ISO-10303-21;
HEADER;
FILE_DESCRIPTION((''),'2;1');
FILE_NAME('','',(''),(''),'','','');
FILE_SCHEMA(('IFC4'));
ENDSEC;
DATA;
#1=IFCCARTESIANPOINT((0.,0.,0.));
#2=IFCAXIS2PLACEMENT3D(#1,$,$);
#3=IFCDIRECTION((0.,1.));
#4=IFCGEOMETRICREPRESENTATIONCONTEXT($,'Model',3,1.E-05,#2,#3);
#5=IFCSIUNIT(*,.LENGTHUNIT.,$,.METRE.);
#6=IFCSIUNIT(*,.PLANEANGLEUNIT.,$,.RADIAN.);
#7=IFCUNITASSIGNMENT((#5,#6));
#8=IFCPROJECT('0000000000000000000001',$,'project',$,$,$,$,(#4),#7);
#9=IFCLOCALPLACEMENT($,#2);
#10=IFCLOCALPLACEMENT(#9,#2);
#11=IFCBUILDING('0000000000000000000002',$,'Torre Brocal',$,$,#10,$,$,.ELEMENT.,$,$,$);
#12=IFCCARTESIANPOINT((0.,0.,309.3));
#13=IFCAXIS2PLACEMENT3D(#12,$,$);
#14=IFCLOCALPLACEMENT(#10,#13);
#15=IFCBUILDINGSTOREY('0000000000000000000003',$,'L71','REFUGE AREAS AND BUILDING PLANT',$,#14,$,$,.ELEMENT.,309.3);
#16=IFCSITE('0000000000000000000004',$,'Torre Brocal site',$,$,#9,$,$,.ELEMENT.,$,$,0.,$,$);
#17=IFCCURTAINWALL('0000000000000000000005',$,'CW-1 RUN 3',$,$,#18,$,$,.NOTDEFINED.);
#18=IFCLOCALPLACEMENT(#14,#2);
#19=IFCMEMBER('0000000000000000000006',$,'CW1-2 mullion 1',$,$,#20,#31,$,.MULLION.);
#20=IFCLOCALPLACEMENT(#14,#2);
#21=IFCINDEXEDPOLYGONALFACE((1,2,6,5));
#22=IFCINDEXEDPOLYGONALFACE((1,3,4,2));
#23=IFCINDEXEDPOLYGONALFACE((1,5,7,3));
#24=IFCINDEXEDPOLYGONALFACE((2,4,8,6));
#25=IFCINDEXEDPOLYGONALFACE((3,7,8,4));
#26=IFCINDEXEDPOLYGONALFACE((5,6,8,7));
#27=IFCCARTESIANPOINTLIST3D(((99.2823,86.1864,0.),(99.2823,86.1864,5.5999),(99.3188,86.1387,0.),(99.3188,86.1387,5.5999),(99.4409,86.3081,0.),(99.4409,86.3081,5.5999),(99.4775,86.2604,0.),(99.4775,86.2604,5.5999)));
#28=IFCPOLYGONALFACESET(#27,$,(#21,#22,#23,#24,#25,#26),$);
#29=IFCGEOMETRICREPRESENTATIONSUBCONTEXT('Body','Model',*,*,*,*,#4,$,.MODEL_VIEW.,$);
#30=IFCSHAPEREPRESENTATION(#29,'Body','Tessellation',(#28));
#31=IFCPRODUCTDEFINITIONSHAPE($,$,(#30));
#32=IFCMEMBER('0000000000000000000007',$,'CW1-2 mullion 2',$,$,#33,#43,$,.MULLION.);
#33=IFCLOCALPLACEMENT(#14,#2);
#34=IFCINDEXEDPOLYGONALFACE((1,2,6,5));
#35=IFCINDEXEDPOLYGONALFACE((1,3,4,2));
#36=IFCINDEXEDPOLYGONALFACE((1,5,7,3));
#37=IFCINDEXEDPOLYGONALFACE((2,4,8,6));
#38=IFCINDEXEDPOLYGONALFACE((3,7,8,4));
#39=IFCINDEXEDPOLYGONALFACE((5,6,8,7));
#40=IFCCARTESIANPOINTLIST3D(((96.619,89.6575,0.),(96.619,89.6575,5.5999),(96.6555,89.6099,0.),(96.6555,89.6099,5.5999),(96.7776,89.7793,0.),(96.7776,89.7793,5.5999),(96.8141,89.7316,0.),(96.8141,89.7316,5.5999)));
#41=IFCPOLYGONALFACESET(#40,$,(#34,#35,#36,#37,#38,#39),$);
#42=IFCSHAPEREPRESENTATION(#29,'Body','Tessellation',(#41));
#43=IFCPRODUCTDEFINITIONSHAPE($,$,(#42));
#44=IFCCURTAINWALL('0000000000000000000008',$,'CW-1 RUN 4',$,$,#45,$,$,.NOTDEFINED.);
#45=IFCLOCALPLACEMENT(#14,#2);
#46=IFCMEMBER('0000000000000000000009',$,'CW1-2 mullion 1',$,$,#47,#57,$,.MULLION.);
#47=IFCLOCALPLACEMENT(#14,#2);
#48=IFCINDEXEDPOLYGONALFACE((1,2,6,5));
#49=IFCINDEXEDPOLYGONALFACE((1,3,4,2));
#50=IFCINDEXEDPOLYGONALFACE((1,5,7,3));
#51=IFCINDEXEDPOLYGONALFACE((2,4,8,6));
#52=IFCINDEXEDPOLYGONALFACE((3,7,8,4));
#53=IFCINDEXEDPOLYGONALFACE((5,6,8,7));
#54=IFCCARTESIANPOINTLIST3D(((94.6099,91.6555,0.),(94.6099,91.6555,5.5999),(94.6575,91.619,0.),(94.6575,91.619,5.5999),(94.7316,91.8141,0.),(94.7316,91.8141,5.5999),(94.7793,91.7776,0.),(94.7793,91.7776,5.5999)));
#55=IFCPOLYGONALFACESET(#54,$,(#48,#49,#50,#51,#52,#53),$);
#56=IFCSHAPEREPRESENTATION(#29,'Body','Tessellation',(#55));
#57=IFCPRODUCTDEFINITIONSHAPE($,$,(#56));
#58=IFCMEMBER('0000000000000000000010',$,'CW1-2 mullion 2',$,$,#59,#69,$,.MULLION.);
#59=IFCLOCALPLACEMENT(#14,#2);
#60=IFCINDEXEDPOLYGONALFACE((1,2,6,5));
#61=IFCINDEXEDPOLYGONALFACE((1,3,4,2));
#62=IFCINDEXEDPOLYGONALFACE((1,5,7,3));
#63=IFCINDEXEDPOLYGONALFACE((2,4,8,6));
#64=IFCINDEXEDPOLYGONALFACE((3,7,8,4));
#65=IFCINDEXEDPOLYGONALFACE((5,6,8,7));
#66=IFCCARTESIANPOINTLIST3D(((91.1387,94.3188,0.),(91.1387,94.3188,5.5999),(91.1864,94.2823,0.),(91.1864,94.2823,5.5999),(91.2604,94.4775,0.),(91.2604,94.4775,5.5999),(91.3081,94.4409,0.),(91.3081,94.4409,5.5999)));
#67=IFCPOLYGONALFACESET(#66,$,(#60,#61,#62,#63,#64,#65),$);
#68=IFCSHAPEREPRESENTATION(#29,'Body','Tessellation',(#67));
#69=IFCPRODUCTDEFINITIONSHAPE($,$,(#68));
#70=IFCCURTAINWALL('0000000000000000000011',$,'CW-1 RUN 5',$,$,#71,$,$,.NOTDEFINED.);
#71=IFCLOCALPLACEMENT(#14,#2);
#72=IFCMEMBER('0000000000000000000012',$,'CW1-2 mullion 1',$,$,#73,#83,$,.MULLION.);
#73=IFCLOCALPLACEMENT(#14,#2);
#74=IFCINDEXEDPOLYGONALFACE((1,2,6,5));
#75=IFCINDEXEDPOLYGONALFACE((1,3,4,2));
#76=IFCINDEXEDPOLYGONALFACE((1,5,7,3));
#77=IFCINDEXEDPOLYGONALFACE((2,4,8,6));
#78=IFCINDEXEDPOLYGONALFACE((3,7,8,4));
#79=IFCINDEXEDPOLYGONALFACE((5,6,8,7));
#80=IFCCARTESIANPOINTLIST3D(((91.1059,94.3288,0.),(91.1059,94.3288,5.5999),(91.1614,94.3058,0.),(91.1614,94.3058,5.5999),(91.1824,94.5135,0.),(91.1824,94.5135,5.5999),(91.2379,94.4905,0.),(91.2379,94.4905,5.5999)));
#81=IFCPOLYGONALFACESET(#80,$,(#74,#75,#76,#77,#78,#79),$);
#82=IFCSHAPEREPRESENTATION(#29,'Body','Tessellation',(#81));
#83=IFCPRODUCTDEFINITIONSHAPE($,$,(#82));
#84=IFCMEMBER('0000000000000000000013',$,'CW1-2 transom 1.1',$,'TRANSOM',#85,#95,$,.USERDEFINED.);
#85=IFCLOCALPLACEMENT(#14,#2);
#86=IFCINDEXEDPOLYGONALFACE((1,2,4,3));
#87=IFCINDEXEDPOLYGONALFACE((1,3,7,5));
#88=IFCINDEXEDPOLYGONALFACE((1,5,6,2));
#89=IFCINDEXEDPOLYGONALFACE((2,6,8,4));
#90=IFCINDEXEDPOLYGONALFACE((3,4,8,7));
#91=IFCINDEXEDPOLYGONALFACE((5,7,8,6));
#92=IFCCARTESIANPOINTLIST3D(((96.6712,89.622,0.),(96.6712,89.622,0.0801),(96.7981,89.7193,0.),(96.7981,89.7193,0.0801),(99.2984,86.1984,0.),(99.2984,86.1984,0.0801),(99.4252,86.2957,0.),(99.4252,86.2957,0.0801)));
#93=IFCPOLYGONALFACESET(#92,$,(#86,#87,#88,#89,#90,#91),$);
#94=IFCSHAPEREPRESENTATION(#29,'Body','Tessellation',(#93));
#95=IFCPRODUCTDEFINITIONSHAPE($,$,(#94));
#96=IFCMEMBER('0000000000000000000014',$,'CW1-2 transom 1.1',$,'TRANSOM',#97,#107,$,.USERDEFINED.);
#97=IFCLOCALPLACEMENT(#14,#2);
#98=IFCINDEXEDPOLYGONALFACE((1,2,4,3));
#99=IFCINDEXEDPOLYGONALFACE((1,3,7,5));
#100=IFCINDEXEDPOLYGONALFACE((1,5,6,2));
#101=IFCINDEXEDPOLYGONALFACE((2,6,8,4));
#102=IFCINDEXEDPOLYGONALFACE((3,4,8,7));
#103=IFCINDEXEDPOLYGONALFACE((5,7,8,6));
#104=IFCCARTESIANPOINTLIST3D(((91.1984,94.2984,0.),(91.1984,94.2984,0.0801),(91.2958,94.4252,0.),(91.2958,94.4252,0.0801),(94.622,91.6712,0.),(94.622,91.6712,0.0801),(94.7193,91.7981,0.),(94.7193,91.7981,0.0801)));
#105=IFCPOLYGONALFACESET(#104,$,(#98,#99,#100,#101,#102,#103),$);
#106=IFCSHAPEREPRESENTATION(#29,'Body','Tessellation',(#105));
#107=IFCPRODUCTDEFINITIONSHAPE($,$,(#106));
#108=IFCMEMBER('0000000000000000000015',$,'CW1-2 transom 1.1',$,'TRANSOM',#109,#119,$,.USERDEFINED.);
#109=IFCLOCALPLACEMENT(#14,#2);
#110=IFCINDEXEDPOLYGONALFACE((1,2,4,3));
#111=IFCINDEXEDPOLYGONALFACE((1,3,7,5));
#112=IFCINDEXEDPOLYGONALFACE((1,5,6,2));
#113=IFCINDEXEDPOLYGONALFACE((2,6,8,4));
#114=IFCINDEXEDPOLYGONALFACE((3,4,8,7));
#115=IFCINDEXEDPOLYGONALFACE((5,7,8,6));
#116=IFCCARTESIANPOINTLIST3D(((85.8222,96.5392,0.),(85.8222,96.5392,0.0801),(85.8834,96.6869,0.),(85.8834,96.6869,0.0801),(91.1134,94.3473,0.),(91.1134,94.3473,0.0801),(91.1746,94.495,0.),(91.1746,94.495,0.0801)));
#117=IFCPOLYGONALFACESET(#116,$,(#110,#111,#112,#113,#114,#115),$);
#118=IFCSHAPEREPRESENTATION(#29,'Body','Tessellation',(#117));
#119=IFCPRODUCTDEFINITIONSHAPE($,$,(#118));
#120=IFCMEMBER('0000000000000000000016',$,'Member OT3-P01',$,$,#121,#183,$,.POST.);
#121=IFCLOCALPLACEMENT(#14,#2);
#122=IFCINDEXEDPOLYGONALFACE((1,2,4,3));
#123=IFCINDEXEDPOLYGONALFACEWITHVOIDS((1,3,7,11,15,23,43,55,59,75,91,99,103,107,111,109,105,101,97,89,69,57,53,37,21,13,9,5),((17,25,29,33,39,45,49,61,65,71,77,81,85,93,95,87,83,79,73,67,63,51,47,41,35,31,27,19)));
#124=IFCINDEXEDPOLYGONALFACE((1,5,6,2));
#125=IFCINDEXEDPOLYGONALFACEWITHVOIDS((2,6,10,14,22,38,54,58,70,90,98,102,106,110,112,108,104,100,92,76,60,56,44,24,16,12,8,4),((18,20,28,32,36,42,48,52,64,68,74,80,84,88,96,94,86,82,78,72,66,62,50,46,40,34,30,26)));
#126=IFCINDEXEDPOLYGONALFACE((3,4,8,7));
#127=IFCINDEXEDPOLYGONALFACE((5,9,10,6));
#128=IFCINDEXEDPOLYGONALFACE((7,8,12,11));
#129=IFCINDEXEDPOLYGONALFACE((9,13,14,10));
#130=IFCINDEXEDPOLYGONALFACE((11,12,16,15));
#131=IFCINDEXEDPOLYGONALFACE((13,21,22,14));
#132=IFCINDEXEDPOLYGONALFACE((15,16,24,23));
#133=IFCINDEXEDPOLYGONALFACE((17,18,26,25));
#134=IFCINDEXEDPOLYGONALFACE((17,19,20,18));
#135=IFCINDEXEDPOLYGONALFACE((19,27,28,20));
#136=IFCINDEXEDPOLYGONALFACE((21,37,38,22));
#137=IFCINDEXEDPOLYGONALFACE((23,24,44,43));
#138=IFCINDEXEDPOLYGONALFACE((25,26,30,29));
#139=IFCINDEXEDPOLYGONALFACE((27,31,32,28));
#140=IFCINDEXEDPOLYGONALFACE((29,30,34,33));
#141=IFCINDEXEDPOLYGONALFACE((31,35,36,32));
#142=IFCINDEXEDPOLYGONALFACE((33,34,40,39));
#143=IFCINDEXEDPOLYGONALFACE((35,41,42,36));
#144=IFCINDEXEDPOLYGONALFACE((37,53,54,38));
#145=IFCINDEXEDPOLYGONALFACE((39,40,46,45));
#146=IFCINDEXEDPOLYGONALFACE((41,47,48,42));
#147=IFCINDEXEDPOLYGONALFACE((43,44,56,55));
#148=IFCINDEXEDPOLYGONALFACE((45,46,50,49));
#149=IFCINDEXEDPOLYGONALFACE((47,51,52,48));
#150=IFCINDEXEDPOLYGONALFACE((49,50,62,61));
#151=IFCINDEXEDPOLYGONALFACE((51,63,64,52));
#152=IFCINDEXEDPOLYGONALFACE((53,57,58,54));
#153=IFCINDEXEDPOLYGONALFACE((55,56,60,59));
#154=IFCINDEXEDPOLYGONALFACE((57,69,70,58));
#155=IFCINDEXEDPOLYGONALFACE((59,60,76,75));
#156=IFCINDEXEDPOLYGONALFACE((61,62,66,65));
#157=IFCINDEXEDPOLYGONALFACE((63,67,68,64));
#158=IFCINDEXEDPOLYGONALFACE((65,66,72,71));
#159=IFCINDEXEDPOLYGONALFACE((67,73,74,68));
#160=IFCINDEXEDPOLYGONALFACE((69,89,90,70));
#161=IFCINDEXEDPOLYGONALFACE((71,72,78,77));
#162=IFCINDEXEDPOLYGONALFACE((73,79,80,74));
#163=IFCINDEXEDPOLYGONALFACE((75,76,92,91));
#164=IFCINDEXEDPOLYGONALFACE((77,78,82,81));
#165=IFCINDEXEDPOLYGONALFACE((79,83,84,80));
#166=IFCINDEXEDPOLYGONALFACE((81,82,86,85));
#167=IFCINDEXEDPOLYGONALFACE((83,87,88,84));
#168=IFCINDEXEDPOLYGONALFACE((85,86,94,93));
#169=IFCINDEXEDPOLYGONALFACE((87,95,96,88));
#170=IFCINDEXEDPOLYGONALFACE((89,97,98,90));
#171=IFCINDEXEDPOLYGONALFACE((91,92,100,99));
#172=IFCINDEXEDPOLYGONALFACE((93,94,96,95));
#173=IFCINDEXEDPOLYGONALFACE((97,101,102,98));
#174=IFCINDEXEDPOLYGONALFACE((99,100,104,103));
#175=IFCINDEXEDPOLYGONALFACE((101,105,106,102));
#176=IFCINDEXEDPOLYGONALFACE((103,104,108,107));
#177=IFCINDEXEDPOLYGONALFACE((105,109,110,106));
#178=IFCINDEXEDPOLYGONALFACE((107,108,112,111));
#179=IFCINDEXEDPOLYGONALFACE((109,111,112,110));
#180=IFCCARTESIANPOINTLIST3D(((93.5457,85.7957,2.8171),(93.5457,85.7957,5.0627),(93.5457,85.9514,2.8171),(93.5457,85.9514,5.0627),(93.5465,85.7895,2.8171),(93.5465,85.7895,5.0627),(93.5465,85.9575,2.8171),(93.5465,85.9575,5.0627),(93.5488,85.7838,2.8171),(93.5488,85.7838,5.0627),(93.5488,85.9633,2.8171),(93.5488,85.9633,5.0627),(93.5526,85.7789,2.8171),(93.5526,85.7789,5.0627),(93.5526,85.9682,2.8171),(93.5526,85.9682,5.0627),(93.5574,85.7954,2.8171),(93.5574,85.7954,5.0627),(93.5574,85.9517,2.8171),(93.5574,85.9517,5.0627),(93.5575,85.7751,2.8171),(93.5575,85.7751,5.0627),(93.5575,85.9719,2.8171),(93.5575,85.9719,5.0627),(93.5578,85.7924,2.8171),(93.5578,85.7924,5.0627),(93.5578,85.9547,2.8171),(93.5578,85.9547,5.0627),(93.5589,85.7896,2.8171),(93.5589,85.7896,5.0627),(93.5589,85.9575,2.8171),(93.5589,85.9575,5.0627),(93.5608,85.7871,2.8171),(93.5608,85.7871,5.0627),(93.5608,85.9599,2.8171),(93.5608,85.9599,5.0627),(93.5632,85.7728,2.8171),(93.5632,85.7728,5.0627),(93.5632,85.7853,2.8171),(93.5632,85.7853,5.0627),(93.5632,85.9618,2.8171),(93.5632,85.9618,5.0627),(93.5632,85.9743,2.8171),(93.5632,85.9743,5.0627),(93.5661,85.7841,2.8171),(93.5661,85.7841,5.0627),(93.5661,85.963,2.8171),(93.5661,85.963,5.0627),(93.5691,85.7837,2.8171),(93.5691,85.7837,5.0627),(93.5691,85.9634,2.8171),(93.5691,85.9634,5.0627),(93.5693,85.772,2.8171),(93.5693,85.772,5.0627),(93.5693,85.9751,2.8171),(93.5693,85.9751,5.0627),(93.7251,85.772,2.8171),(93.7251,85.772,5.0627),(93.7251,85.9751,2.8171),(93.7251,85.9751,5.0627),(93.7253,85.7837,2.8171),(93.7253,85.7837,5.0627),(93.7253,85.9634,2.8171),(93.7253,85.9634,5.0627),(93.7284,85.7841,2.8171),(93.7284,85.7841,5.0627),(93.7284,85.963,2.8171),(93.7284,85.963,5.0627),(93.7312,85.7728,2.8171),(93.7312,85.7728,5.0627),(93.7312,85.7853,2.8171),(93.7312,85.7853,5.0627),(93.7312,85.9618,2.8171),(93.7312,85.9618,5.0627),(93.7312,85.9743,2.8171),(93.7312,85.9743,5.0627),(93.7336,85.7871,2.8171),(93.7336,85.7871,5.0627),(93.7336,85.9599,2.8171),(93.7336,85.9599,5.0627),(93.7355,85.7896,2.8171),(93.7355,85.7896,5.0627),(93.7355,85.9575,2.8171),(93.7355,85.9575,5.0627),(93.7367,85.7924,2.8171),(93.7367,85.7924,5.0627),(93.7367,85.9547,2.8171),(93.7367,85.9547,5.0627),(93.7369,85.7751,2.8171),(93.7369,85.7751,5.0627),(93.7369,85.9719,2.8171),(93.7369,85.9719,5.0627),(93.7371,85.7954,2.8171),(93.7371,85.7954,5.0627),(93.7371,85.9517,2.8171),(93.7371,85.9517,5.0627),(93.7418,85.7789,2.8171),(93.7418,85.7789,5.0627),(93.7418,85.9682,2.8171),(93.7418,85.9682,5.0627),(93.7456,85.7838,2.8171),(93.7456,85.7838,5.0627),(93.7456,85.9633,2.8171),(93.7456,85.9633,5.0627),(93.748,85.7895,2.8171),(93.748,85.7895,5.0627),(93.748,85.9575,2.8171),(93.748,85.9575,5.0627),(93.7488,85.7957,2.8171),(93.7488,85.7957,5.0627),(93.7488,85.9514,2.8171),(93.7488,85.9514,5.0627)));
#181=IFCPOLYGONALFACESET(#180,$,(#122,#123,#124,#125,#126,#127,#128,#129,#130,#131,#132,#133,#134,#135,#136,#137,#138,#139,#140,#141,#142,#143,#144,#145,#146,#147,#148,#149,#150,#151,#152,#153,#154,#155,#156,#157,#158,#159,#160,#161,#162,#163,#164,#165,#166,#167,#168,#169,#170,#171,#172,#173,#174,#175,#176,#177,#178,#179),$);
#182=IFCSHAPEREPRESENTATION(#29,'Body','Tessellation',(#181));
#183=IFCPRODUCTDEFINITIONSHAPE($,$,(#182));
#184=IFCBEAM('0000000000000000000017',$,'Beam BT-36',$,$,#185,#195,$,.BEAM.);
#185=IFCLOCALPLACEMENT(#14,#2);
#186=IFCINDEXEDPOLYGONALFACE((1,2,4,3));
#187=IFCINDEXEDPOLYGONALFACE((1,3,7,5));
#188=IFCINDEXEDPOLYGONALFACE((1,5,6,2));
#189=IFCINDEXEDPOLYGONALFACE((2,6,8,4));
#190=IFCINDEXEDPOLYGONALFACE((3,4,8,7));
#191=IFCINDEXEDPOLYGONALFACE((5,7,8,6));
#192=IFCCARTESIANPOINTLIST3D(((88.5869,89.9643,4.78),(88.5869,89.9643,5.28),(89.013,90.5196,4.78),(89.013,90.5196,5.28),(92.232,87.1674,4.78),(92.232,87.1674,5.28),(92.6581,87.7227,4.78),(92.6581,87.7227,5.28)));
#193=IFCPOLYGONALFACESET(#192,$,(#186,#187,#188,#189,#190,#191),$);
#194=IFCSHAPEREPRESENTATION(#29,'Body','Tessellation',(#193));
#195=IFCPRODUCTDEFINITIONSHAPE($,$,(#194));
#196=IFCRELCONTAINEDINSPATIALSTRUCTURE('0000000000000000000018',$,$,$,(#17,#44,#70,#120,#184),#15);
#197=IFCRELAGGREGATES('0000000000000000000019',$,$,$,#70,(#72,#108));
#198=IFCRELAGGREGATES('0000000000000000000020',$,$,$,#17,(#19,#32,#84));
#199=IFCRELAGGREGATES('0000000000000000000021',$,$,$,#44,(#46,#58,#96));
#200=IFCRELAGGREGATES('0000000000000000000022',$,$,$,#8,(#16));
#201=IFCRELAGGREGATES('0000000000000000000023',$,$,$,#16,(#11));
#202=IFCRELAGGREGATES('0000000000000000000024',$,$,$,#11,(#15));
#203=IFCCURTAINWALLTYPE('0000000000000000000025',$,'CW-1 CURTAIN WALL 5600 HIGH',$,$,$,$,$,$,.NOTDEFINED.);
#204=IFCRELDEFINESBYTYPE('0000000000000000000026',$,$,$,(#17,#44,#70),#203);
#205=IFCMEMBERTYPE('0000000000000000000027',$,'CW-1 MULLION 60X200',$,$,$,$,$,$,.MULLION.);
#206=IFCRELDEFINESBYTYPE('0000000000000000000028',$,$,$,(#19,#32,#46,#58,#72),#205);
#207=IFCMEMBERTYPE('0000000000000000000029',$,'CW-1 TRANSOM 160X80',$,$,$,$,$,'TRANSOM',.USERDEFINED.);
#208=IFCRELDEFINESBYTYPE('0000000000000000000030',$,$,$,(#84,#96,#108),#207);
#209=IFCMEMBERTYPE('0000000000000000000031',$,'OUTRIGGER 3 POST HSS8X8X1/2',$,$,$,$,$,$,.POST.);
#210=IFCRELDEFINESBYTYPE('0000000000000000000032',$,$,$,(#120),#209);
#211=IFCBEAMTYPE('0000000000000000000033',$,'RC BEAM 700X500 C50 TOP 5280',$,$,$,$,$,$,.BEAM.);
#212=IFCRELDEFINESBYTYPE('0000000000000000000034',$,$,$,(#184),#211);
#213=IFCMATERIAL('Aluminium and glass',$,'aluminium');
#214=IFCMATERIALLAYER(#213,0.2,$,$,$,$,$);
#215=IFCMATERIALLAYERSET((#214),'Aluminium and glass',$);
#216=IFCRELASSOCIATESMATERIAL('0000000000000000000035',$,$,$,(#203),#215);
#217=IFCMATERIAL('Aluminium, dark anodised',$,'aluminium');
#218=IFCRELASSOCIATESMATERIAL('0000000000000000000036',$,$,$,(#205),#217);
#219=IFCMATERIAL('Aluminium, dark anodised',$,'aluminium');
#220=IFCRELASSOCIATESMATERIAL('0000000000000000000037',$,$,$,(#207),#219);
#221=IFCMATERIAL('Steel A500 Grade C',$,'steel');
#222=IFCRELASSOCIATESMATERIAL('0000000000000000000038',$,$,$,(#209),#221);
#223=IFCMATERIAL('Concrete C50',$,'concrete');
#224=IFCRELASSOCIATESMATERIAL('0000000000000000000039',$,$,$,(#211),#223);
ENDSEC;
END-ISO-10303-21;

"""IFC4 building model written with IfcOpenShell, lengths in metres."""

from ifc_helpers import new_model, si_unit, direction, frame, origin, origin_2d, place, context, subcontext, project, spatial, rectangle, hollow_rectangle, extrude, material, layer, layer_set, material_profile, profile_set, type_object, element, aggregate, save


model = new_model("IFC4")

# Units and contexts
model_context = context("Model", 3, precision=1e-05, world=origin(), true_north=direction((0.0, 1.0)))
body_context = subcontext(model_context, "Body", "Model", "MODEL_VIEW")
ifc_project = project(units=[si_unit("LENGTHUNIT", "METRE"), si_unit("PLANEANGLEUNIT", "RADIAN")], contexts=[model_context])

# Site, building, storey
site_placement = place(None, origin())
site = spatial("IfcSite", under=ifc_project, at=site_placement, Name="Torre Brocal site", CompositionType="ELEMENT", RefElevation=0.0)
building_placement = place(site_placement, origin())
building = spatial("IfcBuilding", under=site, at=building_placement, Name="Torre Brocal", CompositionType="ELEMENT")
storey_placement = place(building_placement, frame((0.0, 0.0, 309.3)))
storey = spatial("IfcBuildingStorey", under=building, at=storey_placement, Name="L71", Description="REFUGE AREAS AND BUILDING PLANT", CompositionType="ELEMENT", Elevation=309.3)

# Shared definitions
ifc_material_1 = material(Name="Aluminium and glass", Category="aluminium")
ifc_layer_1 = layer(ifc_material_1, 0.2)
ifc_layer_set_1 = layer_set([ifc_layer_1], Name="Aluminium and glass")
curtain_wall_type = type_object("IfcCurtainWallType", Name="CW-1 CURTAIN WALL 5600 HIGH", PredefinedType="NOTDEFINED", material=ifc_layer_set_1)
ifc_material_2 = material(Name="Aluminium, dark anodised", Category="aluminium")
ifc_material_profile_1 = material_profile(ifc_material_2, rectangle(XDim=0.2, YDim=0.0601, at=origin_2d()), Name="CW-1 MULLION 60X200")
ifc_profile_set_1 = profile_set([ifc_material_profile_1], Name="Aluminium, dark anodised")
member_type_1 = type_object("IfcMemberType", Name="CW-1 MULLION 60X200", PredefinedType="MULLION", material=ifc_profile_set_1)

# Curtain walls, members
curtain_wall_1_placement = place(storey_placement, origin())
curtain_wall_1 = element("IfcCurtainWall", 1, at=curtain_wall_1_placement, inside=storey, type_object=curtain_wall_type, Name="CW-1 RUN 3", PredefinedType="NOTDEFINED")
member_1_placement = place(storey_placement, frame((99.3799, 86.2234, 0.0), z_axis=(0.0, 0.0, 1.0), x_axis=(-0.793353, -0.608761, 0.0)))
member_1 = element("IfcMember", 2, at=member_1_placement, type_object=member_type_1, Name="CW1-2 mullion 1", PredefinedType="MULLION", context=body_context, shape_type="SweptSolid", body=[
    extrude(rectangle(XDim=0.2, YDim=0.0601, at=origin_2d()), origin(), (0.0, 0.0, 1.0), 5.5999),
])
member_2_placement = place(storey_placement, frame((96.7166, 89.6946, 0.0), z_axis=(0.0, 0.0, 1.0), x_axis=(-0.793353, -0.608761, 0.0)))
member_2 = element("IfcMember", 3, at=member_2_placement, type_object=member_type_1, Name="CW1-2 mullion 2", PredefinedType="MULLION", context=body_context, shape_type="SweptSolid", body=[
    extrude(rectangle(XDim=0.2, YDim=0.0601, at=origin_2d()), origin(), (0.0, 0.0, 1.0), 5.5999),
])
curtain_wall_2_placement = place(storey_placement, origin())
curtain_wall_2 = element("IfcCurtainWall", 4, at=curtain_wall_2_placement, inside=storey, type_object=curtain_wall_type, Name="CW-1 RUN 4", PredefinedType="NOTDEFINED")
member_3_placement = place(storey_placement, frame((94.6946, 91.7166, 0.0), z_axis=(0.0, 0.0, 1.0), x_axis=(-0.608761, -0.793353, 0.0)))
member_3 = element("IfcMember", 5, at=member_3_placement, type_object=member_type_1, Name="CW1-2 mullion 1", PredefinedType="MULLION", context=body_context, shape_type="SweptSolid", body=[
    extrude(rectangle(XDim=0.2, YDim=0.0601, at=origin_2d()), origin(), (0.0, 0.0, 1.0), 5.5999),
])
member_4_placement = place(storey_placement, frame((91.2234, 94.3799, 0.0), z_axis=(0.0, 0.0, 1.0), x_axis=(-0.608761, -0.793353, 0.0)))
member_4 = element("IfcMember", 6, at=member_4_placement, type_object=member_type_1, Name="CW1-2 mullion 2", PredefinedType="MULLION", context=body_context, shape_type="SweptSolid", body=[
    extrude(rectangle(XDim=0.2, YDim=0.0601, at=origin_2d()), origin(), (0.0, 0.0, 1.0), 5.5999),
])

# Curtain wall, member
curtain_wall_3_placement = place(storey_placement, origin())
curtain_wall_3 = element("IfcCurtainWall", 7, at=curtain_wall_3_placement, inside=storey, type_object=curtain_wall_type, Name="CW-1 RUN 5", PredefinedType="NOTDEFINED")
member_5_placement = place(storey_placement, frame((91.1719, 94.4097, 0.0), z_axis=(0.0, 0.0, 1.0), x_axis=(-0.382683, -0.92388, 0.0)))
member_5 = element("IfcMember", 8, at=member_5_placement, type_object=member_type_1, Name="CW1-2 mullion 1", PredefinedType="MULLION", context=body_context, shape_type="SweptSolid", body=[
    extrude(rectangle(XDim=0.2, YDim=0.0601, at=origin_2d()), origin(), (0.0, 0.0, 1.0), 5.5999),
])

# Members
ifc_material_3 = material(Name="Aluminium, dark anodised", Category="aluminium")
ifc_material_profile_2 = material_profile(ifc_material_3, rectangle(XDim=0.1599, YDim=0.0801, at=origin_2d()), Name="CW-1 TRANSOM 160X80")
ifc_profile_set_2 = profile_set([ifc_material_profile_2], Name="Aluminium, dark anodised")
member_type_2 = type_object("IfcMemberType", Name="CW-1 TRANSOM 160X80", ElementType="TRANSOM", PredefinedType="USERDEFINED", material=ifc_profile_set_2)
member_6_placement = place(storey_placement, frame((99.3618, 86.2471, 0.04), z_axis=(-0.608789, 0.793332, 0.0), x_axis=(-0.793332, -0.608789, 0.0)))
member_6 = element("IfcMember", 9, at=member_6_placement, type_object=member_type_2, Name="CW1-2 transom 1.1", ObjectType="TRANSOM", PredefinedType="USERDEFINED", context=body_context, shape_type="SweptSolid", body=[
    extrude(rectangle(XDim=0.1599, YDim=0.0801, at=origin_2d()), origin(), (0.0, 0.0, 1.0), 4.3154),
])
member_7_placement = place(storey_placement, frame((94.6707, 91.7346, 0.04), z_axis=(-0.793332, 0.608789, 0.0), x_axis=(-0.608789, -0.793332, 0.0)))
member_7 = element("IfcMember", 10, at=member_7_placement, type_object=member_type_2, Name="CW1-2 transom 1.1", ObjectType="TRANSOM", PredefinedType="USERDEFINED", context=body_context, shape_type="SweptSolid", body=[
    extrude(rectangle(XDim=0.1599, YDim=0.0801, at=origin_2d()), origin(), (0.0, 0.0, 1.0), 4.3154),
])
member_8_placement = place(storey_placement, frame((91.144, 94.4211, 0.04), z_axis=(-0.923868, 0.382711, 0.0), x_axis=(-0.382711, -0.923868, 0.0)))
member_8 = element("IfcMember", 11, at=member_8_placement, type_object=member_type_2, Name="CW1-2 transom 1.1", ObjectType="TRANSOM", PredefinedType="USERDEFINED", context=body_context, shape_type="SweptSolid", body=[
    extrude(rectangle(XDim=0.1599, YDim=0.0801, at=origin_2d()), origin(), (0.0, 0.0, 1.0), 5.7273),
])
aggregate(curtain_wall_3, [member_5, member_8])
ifc_material_4 = material(Name="Steel A500 Grade C", Category="steel")
ifc_material_profile_3 = material_profile(ifc_material_4, hollow_rectangle(XDim=0.2031, YDim=0.2031, WallThickness=0.0117, InnerFilletRadius=0.0117, OuterFilletRadius=0.0237, at=origin_2d()), Name="HSS8X8X1/2")
ifc_profile_set_3 = profile_set([ifc_material_profile_3], Name="Steel A500 Grade C")
member_type_3 = type_object("IfcMemberType", Name="OUTRIGGER 3 POST HSS8X8X1/2", PredefinedType="POST", material=ifc_profile_set_3)
member_9_placement = place(storey_placement, frame((93.6472, 85.8735, 2.8171), z_axis=(0.0, 0.0, 1.0), x_axis=(1.0, 0.0, 0.0)))
element("IfcMember", 12, at=member_9_placement, inside=storey, type_object=member_type_3, Name="Member OT3-P01", PredefinedType="POST", context=body_context, shape_type="SweptSolid", body=[
    extrude(hollow_rectangle(XDim=0.2031, YDim=0.2031, WallThickness=0.0117, InnerFilletRadius=0.0117, OuterFilletRadius=0.0237, at=origin_2d()), origin(), (0.0, 0.0, 1.0), 2.2456),
])

# Beam
ifc_material_5 = material(Name="Concrete C50", Category="concrete")
ifc_material_profile_4 = material_profile(ifc_material_5, rectangle(XDim=0.7, YDim=0.5, at=origin_2d()), Name="RC 700X500")
ifc_profile_set_4 = profile_set([ifc_material_profile_4], Name="Concrete C50")
beam_type = type_object("IfcBeamType", Name="RC BEAM 700X500 C50 TOP 5280", PredefinedType="BEAM", material=ifc_profile_set_4)
beam_1_placement = place(storey_placement, frame((92.4451, 87.4451, 5.03), z_axis=(-0.793358, 0.608755, 0.0), x_axis=(-0.608755, -0.793358, 0.0)))
element("IfcBeam", 13, at=beam_1_placement, inside=storey, type_object=beam_type, Name="Beam BT-36", PredefinedType="BEAM", context=body_context, shape_type="SweptSolid", body=[
    extrude(rectangle(XDim=0.7, YDim=0.5, at=origin_2d()), origin(), (0.0, 0.0, 1.0), 4.5945),
])

aggregate(curtain_wall_1, [member_1, member_2, member_6])
aggregate(curtain_wall_2, [member_3, member_4, member_7])

save(model, "model.ifc")
